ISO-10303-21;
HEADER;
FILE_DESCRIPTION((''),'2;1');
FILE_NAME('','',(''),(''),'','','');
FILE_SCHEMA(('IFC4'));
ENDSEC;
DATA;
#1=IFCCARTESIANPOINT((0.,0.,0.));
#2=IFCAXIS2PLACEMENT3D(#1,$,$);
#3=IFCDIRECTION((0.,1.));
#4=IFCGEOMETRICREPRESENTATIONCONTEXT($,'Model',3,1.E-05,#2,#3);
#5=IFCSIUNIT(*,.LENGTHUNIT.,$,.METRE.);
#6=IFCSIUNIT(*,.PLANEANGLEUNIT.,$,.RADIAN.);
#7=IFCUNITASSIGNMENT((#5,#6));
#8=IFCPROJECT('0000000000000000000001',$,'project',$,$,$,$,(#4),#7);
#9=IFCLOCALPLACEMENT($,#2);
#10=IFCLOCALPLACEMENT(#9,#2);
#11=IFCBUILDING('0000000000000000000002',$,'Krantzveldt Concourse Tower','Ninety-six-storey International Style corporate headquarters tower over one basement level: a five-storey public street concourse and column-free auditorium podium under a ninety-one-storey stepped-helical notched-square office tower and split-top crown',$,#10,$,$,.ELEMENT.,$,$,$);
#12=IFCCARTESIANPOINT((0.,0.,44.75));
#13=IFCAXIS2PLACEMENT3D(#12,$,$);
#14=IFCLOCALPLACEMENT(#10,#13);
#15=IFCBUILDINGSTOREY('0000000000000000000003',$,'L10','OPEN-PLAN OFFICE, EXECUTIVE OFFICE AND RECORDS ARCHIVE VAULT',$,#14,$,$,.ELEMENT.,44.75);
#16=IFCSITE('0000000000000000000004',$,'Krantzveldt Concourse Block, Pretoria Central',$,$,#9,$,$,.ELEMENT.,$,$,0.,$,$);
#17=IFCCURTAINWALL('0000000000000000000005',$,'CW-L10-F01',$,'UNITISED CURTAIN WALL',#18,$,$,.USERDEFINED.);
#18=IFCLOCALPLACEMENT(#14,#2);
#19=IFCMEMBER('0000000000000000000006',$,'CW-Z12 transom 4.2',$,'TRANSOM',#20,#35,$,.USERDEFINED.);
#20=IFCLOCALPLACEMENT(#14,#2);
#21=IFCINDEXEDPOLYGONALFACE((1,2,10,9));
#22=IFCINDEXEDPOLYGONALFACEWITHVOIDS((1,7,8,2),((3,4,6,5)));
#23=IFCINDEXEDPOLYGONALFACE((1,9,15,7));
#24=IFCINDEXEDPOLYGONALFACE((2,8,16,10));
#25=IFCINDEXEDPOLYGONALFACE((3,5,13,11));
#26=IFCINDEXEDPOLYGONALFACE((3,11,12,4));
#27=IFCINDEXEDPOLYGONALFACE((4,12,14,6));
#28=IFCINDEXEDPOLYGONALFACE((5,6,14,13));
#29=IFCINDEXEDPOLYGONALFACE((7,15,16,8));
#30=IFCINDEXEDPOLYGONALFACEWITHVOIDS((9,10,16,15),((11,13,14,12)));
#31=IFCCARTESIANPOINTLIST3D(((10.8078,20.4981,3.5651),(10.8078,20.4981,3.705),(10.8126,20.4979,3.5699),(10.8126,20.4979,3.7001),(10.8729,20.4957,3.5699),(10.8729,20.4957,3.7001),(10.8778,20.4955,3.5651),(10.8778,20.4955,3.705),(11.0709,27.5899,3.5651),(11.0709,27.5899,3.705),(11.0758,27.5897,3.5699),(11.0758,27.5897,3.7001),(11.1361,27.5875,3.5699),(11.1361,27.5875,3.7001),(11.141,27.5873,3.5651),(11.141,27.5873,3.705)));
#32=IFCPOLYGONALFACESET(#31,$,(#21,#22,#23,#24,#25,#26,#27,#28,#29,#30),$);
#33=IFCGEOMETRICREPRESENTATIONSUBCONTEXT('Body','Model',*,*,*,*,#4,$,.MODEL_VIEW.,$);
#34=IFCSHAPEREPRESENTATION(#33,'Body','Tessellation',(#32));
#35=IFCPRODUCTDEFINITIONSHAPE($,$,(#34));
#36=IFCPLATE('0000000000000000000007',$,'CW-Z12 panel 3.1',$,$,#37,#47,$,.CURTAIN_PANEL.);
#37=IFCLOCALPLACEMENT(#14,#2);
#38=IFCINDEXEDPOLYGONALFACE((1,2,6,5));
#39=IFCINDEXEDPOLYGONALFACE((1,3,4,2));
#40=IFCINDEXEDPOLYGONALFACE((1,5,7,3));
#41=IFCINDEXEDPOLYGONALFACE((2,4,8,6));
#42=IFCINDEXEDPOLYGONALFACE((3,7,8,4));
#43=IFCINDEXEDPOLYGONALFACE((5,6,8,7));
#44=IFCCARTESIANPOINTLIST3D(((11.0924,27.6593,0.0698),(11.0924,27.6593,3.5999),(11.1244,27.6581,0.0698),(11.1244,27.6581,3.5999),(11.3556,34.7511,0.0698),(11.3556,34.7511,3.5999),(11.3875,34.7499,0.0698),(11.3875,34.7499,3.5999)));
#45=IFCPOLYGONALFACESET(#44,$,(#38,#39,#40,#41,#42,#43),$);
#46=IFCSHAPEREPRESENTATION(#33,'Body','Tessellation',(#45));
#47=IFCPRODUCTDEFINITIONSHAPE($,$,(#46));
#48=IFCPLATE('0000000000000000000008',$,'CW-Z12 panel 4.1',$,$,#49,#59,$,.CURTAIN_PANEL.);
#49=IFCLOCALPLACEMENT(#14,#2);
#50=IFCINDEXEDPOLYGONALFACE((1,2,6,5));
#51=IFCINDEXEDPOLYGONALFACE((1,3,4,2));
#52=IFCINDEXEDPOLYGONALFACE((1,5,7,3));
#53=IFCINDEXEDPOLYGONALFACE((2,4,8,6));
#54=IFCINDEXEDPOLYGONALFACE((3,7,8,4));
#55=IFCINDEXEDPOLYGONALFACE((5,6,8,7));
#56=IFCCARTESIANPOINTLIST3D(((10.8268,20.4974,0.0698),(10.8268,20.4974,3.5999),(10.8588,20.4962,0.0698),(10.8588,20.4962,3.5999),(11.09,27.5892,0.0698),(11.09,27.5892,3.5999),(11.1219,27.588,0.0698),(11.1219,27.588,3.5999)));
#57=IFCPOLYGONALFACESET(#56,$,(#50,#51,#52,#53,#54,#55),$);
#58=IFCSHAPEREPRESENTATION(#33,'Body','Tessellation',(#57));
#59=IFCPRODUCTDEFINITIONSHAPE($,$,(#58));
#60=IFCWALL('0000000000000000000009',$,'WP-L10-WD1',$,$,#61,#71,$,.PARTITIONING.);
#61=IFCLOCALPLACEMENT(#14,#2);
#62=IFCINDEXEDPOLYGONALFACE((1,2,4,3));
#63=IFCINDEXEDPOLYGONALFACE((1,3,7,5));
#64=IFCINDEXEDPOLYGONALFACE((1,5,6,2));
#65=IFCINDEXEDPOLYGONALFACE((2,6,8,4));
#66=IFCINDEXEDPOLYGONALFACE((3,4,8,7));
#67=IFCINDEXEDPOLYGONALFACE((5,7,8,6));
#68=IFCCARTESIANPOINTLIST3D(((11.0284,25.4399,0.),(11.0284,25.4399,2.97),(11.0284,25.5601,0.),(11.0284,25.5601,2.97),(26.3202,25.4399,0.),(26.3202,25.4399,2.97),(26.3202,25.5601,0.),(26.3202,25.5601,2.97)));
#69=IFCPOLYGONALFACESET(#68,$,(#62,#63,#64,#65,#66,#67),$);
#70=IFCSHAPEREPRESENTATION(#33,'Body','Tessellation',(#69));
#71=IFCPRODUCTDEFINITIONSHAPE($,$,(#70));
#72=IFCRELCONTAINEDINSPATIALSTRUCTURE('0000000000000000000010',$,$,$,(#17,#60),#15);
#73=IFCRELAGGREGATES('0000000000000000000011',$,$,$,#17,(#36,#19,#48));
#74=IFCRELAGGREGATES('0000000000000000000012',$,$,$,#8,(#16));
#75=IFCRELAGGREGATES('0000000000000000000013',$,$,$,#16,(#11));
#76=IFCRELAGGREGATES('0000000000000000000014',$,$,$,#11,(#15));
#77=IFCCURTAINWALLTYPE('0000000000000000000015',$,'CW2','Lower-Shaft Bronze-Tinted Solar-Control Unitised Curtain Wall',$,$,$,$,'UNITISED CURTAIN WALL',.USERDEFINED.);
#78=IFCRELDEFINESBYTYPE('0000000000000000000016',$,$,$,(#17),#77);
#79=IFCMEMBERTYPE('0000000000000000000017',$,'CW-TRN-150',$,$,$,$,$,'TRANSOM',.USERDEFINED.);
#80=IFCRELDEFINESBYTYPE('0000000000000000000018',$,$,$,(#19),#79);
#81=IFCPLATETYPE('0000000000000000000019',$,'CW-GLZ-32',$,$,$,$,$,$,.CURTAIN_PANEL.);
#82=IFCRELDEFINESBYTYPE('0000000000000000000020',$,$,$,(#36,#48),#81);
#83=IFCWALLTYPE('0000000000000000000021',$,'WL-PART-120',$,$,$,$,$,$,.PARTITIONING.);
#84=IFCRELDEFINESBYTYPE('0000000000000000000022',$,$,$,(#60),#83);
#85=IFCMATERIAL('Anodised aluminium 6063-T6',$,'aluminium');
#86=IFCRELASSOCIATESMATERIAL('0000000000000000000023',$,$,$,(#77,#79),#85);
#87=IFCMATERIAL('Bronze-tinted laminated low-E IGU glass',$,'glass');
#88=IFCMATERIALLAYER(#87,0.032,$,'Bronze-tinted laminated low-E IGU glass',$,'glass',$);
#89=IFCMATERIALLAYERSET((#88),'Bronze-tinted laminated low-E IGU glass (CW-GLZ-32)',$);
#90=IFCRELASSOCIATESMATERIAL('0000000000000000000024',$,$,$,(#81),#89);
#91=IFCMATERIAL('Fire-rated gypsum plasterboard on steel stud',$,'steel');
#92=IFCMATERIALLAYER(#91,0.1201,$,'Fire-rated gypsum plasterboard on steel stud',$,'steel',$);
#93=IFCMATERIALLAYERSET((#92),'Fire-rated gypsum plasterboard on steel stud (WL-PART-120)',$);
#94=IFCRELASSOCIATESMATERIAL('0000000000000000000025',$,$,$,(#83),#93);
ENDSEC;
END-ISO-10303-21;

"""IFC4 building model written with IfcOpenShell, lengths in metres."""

from ifc_helpers import new_model, si_unit, direction, frame, frame_2d, origin, origin_2d, place, context, subcontext, project, spatial, rectangle, hollow_rectangle, extrude, source, transform, mapped, material, layer, layer_set, material_profile, profile_set, type_object, type_shapes, element, aggregate, save


model = new_model("IFC4")

# Units and contexts
model_context = context("Model", 3, precision=1e-05, world=origin(), true_north=direction((0.0, 1.0)))
body_context = subcontext(model_context, "Body", "Model", "MODEL_VIEW")
ifc_project = project(units=[si_unit("LENGTHUNIT", "METRE"), si_unit("PLANEANGLEUNIT", "RADIAN")], contexts=[model_context])

# Site, building, storey
site_placement = place(None, origin())
site = spatial("IfcSite", under=ifc_project, at=site_placement, Name="Krantzveldt Concourse Block, Pretoria Central", CompositionType="ELEMENT", RefElevation=0.0)
building_placement = place(site_placement, origin())
building = spatial("IfcBuilding", under=site, at=building_placement, Name="Krantzveldt Concourse Tower", Description="Ninety-six-storey International Style corporate headquarters tower over one basement level: a five-storey public street concourse and column-free auditorium podium under a ninety-one-storey stepped-helical notched-square office tower and split-top crown", CompositionType="ELEMENT")
storey_placement = place(building_placement, frame((0.0, 0.0, 44.75)))
storey = spatial("IfcBuildingStorey", under=building, at=storey_placement, Name="L10", Description="OPEN-PLAN OFFICE, EXECUTIVE OFFICE AND RECORDS ARCHIVE VAULT", CompositionType="ELEMENT", Elevation=44.75)

# Curtain wall, member, plates
ifc_material_1 = material(Name="Anodised aluminium 6063-T6", Category="aluminium")
curtain_wall_type = type_object("IfcCurtainWallType", Name="CW2", Description="Lower-Shaft Bronze-Tinted Solar-Control Unitised Curtain Wall", ElementType="UNITISED CURTAIN WALL", PredefinedType="USERDEFINED", material=ifc_material_1)
curtain_wall_placement = place(storey_placement, origin())
curtain_wall = element("IfcCurtainWall", 1, at=curtain_wall_placement, inside=storey, type_object=curtain_wall_type, Name="CW-L10-F01", ObjectType="UNITISED CURTAIN WALL", PredefinedType="USERDEFINED")
ifc_material_profile_1 = material_profile(ifc_material_1, hollow_rectangle(XDim=0.0701, YDim=0.1399, WallThickness=0.0049, at=origin_2d()), Name="Anodised aluminium 6063-T6", Category="aluminium")
ifc_profile_set_1 = profile_set([ifc_material_profile_1], Name="Anodised aluminium 6063-T6 - ALU-TRAN 140x70x5")
member_type_1 = type_object("IfcMemberType", Name="CW-TRN-150", ElementType="TRANSOM", PredefinedType="USERDEFINED", material=ifc_profile_set_1)
shared_shape_1 = source(origin(), body_context, "Body", "SweptSolid", [
    extrude(hollow_rectangle(XDim=0.0701, YDim=0.1399, WallThickness=0.0049, at=origin_2d()), origin(), (0.0, 0.0, 1.0), 7.0967),
])
type_shapes(member_type_1, [shared_shape_1])
member_1_placement = place(storey_placement, frame((11.106, 27.5886, 3.635), z_axis=(-0.037085, -0.999312, 0.0), x_axis=(0.999312, -0.037085, 0.0)))
member_1 = element("IfcMember", 2, at=member_1_placement, type_object=member_type_1, Name="CW-Z12 transom 4.2", ObjectType="TRANSOM", PredefinedType="USERDEFINED", context=body_context, shape_type="MappedRepresentation", body=[
    mapped(shared_shape_1, transform((0.0, 0.0, 0.0), x_axis=(1.0, 0.0, 0.0), y_axis=(0.0, 1.0, 0.0), z_axis=(0.0, 0.0, 1.0), scale=1.0)),
])
ifc_material_2 = material(Name="Bronze-tinted laminated low-E IGU glass", Category="glass")
ifc_layer_1 = layer(ifc_material_2, 0.032, Name="Bronze-tinted laminated low-E IGU glass", Category="glass")
ifc_layer_set_1 = layer_set([ifc_layer_1], Name="Bronze-tinted laminated low-E IGU glass (CW-GLZ-32)")
plate_type = type_object("IfcPlateType", Name="CW-GLZ-32", PredefinedType="CURTAIN_PANEL", material=ifc_layer_set_1)
shared_shape_2 = source(origin(), body_context, "Body", "SweptSolid", [
    extrude(rectangle(XDim=7.0967, YDim=0.032, at=origin_2d()), origin(), (0.0, 0.0, 1.0), 3.53),
])
type_shapes(plate_type, [shared_shape_2])
plate_1_placement = place(storey_placement, frame((11.24, 31.2046, 0.0698), z_axis=(0.0, 0.0, 1.0), x_axis=(-0.03708, -0.999312, 0.0)))
plate_1 = element("IfcPlate", 3, at=plate_1_placement, type_object=plate_type, Name="CW-Z12 panel 3.1", PredefinedType="CURTAIN_PANEL", context=body_context, shape_type="MappedRepresentation", body=[
    mapped(shared_shape_2, transform((0.0, 0.0, 0.0), x_axis=(1.0, 0.0, 0.0), y_axis=(0.0, 1.0, 0.0), z_axis=(0.0, 0.0, 1.0), scale=1.0)),
])
plate_2_placement = place(storey_placement, frame((10.9744, 24.0427, 0.0698), z_axis=(0.0, 0.0, 1.0), x_axis=(-0.03708, -0.999312, 0.0)))
plate_2 = element("IfcPlate", 4, at=plate_2_placement, type_object=plate_type, Name="CW-Z12 panel 4.1", PredefinedType="CURTAIN_PANEL", context=body_context, shape_type="MappedRepresentation", body=[
    mapped(shared_shape_2, transform((0.0, 0.0, 0.0), x_axis=(1.0, 0.0, 0.0), y_axis=(0.0, 1.0, 0.0), z_axis=(0.0, 0.0, 1.0), scale=1.0)),
])
aggregate(curtain_wall, [plate_1, member_1, plate_2])

# Wall
ifc_material_3 = material(Name="Fire-rated gypsum plasterboard on steel stud", Category="steel")
ifc_layer_2 = layer(ifc_material_3, 0.1201, Name="Fire-rated gypsum plasterboard on steel stud", Category="steel")
ifc_layer_set_2 = layer_set([ifc_layer_2], Name="Fire-rated gypsum plasterboard on steel stud (WL-PART-120)")
wall_type = type_object("IfcWallType", Name="WL-PART-120", PredefinedType="PARTITIONING", material=ifc_layer_set_2)
wall_placement = place(storey_placement, frame((11.0283, 25.5, 0.0), z_axis=(0.0, 0.0, 1.0), x_axis=(1.0, 0.0, 0.0)))
element("IfcWall", 5, at=wall_placement, inside=storey, type_object=wall_type, Name="WP-L10-WD1", PredefinedType="PARTITIONING", context=body_context, shape_type="SweptSolid", body=[
    extrude(rectangle(XDim=15.2917, YDim=0.1201, at=frame_2d((7.646, 0.0))), origin(), (0.0, 0.0, 1.0), 2.97),
])

save(model, "model.ifc")
